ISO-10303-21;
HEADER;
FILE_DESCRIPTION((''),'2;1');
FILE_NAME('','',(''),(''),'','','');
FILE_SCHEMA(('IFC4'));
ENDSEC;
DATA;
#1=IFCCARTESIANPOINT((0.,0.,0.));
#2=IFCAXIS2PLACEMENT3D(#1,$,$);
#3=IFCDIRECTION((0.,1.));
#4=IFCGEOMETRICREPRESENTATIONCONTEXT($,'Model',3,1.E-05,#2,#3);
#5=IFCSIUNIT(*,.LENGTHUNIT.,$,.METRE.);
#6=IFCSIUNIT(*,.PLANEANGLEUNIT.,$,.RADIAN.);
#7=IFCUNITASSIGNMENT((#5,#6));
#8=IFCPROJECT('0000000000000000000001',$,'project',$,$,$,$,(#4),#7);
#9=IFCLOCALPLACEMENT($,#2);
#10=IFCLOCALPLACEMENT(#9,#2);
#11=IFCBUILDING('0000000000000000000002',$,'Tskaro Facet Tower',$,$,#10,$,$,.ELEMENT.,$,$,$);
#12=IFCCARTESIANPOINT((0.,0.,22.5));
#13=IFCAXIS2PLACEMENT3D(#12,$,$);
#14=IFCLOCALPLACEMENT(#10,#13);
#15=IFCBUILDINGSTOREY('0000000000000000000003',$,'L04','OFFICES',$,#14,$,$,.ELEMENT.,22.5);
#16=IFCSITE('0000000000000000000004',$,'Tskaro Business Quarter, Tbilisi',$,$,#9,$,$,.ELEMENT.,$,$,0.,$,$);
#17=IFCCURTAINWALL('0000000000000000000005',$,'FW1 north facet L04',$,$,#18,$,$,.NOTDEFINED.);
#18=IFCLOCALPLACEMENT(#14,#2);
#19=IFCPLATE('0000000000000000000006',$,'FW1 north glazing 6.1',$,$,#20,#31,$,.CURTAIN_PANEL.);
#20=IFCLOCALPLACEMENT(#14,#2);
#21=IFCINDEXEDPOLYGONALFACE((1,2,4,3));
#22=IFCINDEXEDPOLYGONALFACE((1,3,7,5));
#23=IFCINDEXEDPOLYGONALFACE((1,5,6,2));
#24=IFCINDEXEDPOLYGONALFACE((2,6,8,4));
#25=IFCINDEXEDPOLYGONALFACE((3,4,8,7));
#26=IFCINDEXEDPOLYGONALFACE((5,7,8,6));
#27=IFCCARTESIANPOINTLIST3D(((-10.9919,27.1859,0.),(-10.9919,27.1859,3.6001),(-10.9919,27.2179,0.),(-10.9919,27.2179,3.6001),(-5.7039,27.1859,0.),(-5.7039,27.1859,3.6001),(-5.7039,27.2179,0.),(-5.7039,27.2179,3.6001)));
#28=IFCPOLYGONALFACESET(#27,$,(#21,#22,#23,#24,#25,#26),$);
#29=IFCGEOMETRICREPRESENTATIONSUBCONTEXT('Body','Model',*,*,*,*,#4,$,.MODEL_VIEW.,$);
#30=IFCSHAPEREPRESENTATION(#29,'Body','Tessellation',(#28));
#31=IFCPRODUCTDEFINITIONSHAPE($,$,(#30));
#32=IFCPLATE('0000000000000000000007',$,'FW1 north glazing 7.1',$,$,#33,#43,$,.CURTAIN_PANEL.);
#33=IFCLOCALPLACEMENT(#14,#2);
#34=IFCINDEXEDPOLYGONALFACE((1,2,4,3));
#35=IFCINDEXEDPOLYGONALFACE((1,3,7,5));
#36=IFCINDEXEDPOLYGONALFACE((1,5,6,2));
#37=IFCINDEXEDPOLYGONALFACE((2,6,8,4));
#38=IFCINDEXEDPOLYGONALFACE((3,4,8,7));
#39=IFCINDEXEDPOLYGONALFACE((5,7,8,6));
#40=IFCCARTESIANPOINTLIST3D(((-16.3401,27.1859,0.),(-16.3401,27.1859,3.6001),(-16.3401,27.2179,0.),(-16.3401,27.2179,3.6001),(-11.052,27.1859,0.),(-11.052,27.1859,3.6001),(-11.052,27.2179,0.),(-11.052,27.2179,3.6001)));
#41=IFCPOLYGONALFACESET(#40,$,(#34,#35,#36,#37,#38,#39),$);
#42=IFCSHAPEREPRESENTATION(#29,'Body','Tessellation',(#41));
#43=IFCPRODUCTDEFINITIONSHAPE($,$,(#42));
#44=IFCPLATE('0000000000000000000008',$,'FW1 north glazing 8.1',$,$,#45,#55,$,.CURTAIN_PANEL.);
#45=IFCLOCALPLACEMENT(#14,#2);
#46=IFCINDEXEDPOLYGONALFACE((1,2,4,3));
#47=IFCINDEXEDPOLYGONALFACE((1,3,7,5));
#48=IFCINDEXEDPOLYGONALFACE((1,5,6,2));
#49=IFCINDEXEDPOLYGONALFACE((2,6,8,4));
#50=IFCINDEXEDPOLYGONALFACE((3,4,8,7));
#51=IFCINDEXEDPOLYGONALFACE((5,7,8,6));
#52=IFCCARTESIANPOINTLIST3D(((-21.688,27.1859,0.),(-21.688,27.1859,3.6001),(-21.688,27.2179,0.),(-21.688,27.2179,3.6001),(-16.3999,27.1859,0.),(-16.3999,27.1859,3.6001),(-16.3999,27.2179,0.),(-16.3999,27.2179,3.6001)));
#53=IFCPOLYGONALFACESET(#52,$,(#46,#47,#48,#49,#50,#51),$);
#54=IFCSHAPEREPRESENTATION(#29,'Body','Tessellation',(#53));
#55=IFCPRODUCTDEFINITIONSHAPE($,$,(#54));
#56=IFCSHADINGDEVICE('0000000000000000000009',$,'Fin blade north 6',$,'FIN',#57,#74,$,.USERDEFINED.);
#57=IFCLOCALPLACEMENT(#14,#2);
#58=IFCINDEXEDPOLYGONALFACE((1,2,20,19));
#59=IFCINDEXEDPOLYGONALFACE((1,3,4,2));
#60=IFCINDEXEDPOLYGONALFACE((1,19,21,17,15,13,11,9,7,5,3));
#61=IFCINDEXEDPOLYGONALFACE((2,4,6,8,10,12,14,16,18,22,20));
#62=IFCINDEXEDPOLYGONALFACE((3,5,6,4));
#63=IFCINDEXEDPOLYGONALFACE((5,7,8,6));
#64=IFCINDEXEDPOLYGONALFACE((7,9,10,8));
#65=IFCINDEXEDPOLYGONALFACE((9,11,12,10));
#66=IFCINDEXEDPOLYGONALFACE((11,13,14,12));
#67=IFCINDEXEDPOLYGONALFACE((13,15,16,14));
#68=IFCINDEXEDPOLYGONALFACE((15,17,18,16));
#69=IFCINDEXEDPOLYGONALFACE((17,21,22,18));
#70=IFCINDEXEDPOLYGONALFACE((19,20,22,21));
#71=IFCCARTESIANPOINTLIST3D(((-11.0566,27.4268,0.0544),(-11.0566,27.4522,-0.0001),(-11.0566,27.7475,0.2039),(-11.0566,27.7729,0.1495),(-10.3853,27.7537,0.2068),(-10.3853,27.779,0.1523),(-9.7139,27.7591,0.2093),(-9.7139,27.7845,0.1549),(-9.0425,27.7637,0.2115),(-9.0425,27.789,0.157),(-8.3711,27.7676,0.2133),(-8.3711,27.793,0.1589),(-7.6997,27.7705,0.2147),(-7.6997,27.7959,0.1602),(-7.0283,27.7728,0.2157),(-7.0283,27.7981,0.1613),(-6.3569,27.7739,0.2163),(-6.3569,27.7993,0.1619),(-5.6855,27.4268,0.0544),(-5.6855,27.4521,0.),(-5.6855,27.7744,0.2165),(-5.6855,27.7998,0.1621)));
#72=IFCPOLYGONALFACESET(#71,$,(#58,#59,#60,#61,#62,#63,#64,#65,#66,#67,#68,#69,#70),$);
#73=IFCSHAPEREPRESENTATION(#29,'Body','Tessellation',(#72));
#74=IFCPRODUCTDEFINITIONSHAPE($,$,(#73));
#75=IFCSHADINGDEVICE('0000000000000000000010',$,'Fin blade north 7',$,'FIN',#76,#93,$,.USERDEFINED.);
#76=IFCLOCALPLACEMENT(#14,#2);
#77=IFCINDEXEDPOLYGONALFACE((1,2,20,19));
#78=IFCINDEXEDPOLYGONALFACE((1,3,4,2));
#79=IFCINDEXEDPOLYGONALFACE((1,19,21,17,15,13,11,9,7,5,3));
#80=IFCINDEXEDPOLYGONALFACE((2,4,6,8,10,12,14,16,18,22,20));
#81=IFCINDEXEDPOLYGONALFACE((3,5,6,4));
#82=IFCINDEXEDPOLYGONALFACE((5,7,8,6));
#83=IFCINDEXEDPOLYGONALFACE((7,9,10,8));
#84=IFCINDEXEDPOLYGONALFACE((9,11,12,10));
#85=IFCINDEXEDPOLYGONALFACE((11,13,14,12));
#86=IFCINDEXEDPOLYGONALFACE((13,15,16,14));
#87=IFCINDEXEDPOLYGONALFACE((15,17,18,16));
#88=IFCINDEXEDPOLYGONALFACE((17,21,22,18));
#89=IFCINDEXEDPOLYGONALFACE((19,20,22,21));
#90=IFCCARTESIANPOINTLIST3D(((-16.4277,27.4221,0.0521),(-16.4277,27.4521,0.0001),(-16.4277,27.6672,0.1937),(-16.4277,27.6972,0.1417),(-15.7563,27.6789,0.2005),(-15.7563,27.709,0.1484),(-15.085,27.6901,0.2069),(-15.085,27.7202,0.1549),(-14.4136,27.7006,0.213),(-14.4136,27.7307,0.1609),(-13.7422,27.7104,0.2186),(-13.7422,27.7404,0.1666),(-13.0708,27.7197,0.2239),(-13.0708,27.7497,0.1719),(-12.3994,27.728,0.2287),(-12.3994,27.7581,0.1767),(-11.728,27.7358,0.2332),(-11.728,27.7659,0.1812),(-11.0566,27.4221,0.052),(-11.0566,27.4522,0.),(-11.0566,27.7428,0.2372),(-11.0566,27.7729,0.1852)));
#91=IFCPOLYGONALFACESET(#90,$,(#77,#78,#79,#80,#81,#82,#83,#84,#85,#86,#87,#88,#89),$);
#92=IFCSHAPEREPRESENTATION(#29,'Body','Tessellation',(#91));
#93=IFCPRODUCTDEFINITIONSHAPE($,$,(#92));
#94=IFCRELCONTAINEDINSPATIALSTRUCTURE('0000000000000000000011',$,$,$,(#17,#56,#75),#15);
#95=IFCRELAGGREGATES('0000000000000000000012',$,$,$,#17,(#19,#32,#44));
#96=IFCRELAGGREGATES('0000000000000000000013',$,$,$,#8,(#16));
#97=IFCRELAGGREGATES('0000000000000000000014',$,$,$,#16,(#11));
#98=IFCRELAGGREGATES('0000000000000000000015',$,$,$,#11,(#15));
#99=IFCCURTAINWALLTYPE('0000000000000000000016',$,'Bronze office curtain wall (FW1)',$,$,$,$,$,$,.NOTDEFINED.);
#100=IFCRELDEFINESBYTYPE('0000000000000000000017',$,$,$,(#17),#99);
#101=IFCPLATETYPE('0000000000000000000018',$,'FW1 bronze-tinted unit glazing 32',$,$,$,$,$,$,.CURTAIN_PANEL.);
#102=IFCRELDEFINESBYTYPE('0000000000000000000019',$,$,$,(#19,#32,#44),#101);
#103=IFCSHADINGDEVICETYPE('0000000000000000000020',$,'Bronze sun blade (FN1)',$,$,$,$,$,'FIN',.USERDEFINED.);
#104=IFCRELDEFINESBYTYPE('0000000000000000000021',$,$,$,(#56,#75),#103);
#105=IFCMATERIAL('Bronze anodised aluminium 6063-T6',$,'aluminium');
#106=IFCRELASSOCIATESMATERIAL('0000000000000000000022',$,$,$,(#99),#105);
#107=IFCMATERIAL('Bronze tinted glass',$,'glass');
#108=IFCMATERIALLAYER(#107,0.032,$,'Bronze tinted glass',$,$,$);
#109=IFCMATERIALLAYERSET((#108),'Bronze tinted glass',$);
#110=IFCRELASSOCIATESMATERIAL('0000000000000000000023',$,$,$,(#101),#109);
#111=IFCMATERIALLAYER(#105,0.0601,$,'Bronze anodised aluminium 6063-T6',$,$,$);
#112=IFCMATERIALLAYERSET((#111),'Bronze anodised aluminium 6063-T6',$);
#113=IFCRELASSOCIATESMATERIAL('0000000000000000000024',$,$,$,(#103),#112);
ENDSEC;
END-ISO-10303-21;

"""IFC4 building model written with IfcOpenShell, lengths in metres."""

from ifc_helpers import new_model, si_unit, direction, frame, origin, origin_2d, place, context, subcontext, project, spatial, polyline, rectangle, outline, extrude, material, layer, layer_set, type_object, element, aggregate, save


model = new_model("IFC4")

# Units and contexts
model_context = context("Model", 3, precision=1e-05, world=origin(), true_north=direction((0.0, 1.0)))
body_context = subcontext(model_context, "Body", "Model", "MODEL_VIEW")
ifc_project = project(units=[si_unit("LENGTHUNIT", "METRE"), si_unit("PLANEANGLEUNIT", "RADIAN")], contexts=[model_context])

# Site, building, storey
site_placement = place(None, origin())
site = spatial("IfcSite", under=ifc_project, at=site_placement, Name="Tskaro Business Quarter, Tbilisi", CompositionType="ELEMENT", RefElevation=0.0)
building_placement = place(site_placement, origin())
building = spatial("IfcBuilding", under=site, at=building_placement, Name="Tskaro Facet Tower", CompositionType="ELEMENT")
storey_placement = place(building_placement, frame((0.0, 0.0, 22.5)))
storey = spatial("IfcBuildingStorey", under=building, at=storey_placement, Name="L04", Description="OFFICES", CompositionType="ELEMENT", Elevation=22.5)

# Curtain wall
ifc_material_1 = material(Name="Bronze anodised aluminium 6063-T6", Category="aluminium")
curtain_wall_type = type_object("IfcCurtainWallType", Name="Bronze office curtain wall (FW1)", PredefinedType="NOTDEFINED", material=ifc_material_1)
curtain_wall_placement = place(storey_placement, origin())
curtain_wall = element("IfcCurtainWall", 1, at=curtain_wall_placement, inside=storey, type_object=curtain_wall_type, Name="FW1 north facet L04", PredefinedType="NOTDEFINED")

# Plates
ifc_material_2 = material(Name="Bronze tinted glass", Category="glass")
ifc_layer_1 = layer(ifc_material_2, 0.032, Name="Bronze tinted glass")
ifc_layer_set_1 = layer_set([ifc_layer_1], Name="Bronze tinted glass")
plate_type = type_object("IfcPlateType", Name="FW1 bronze-tinted unit glazing 32", PredefinedType="CURTAIN_PANEL", material=ifc_layer_set_1)
plate_1_placement = place(storey_placement, frame((-8.3479, 27.2019, 0.0), z_axis=(0.0, 0.0, 1.0), x_axis=(-1.0, 0.0, 0.0)))
plate_1 = element("IfcPlate", 2, at=plate_1_placement, type_object=plate_type, Name="FW1 north glazing 6.1", PredefinedType="CURTAIN_PANEL", context=body_context, shape_type="SweptSolid", body=[
    extrude(rectangle(XDim=5.2881, YDim=0.032, at=origin_2d()), origin(), (0.0, 0.0, 1.0), 3.6001),
])
plate_2_placement = place(storey_placement, frame((-13.696, 27.2019, 0.0), z_axis=(0.0, 0.0, 1.0), x_axis=(-1.0, 0.0, 0.0)))
plate_2 = element("IfcPlate", 3, at=plate_2_placement, type_object=plate_type, Name="FW1 north glazing 7.1", PredefinedType="CURTAIN_PANEL", context=body_context, shape_type="SweptSolid", body=[
    extrude(rectangle(XDim=5.2881, YDim=0.032, at=origin_2d()), origin(), (0.0, 0.0, 1.0), 3.6001),
])
plate_3_placement = place(storey_placement, frame((-19.0439, 27.2019, 0.0), z_axis=(0.0, 0.0, 1.0), x_axis=(-1.0, 0.0, 0.0)))
plate_3 = element("IfcPlate", 4, at=plate_3_placement, type_object=plate_type, Name="FW1 north glazing 8.1", PredefinedType="CURTAIN_PANEL", context=body_context, shape_type="SweptSolid", body=[
    extrude(rectangle(XDim=5.2881, YDim=0.032, at=origin_2d()), origin(), (0.0, 0.0, 1.0), 3.6001),
])
aggregate(curtain_wall, [plate_1, plate_2, plate_3])

# Shading devices
ifc_layer_2 = layer(ifc_material_1, 0.0601, Name="Bronze anodised aluminium 6063-T6")
ifc_layer_set_2 = layer_set([ifc_layer_2], Name="Bronze anodised aluminium 6063-T6")
shading_device_type = type_object("IfcShadingDeviceType", Name="Bronze sun blade (FN1)", ElementType="FIN", PredefinedType="USERDEFINED", material=ifc_layer_set_2)
shading_device_1_placement = place(storey_placement, frame((-5.6855, 27.4268, 0.0544), z_axis=(-0.000014, -0.422532, 0.906348), x_axis=(-1.0, 0.000006, -0.000013)))
element("IfcShadingDevice", 5, at=shading_device_1_placement, inside=storey, type_object=shading_device_type, Name="Fin blade north 6", ObjectType="FIN", PredefinedType="USERDEFINED", context=body_context, shape_type="SweptSolid", body=[
    extrude(outline(polyline([(0.0, 0.0), (5.3711, 0.0), (5.3711, -0.3539), (4.6997, -0.3607), (4.0283, -0.3667), (3.3569, -0.3717), (2.6855, -0.3761), (2.0142, -0.3792), (1.3428, -0.3817), (0.6714, -0.383), (0.0, -0.3836), (0.0, 0.0)])), origin(), (0.0, 0.0, -1.0), 0.0601),
])
shading_device_2_placement = place(storey_placement, frame((-11.0566, 27.4221, 0.052), z_axis=(0.000022, -0.500127, 0.865952), x_axis=(-1.0, -0.000011, 0.000019)))
element("IfcShadingDevice", 6, at=shading_device_2_placement, inside=storey, type_object=shading_device_type, Name="Fin blade north 7", ObjectType="FIN", PredefinedType="USERDEFINED", context=body_context, shape_type="SweptSolid", body=[
    extrude(outline(polyline([(0.0, 0.0), (5.3711, 0.0), (5.3711, -0.2831), (4.6997, -0.2966), (4.0283, -0.3095), (3.3569, -0.3217), (2.6855, -0.333), (2.0142, -0.3437), (1.3428, -0.3533), (0.6714, -0.3623), (0.0, -0.3704), (0.0, 0.0)])), origin(), (0.0, 0.0, -1.0), 0.0601),
])

save(model, "model.ifc")
